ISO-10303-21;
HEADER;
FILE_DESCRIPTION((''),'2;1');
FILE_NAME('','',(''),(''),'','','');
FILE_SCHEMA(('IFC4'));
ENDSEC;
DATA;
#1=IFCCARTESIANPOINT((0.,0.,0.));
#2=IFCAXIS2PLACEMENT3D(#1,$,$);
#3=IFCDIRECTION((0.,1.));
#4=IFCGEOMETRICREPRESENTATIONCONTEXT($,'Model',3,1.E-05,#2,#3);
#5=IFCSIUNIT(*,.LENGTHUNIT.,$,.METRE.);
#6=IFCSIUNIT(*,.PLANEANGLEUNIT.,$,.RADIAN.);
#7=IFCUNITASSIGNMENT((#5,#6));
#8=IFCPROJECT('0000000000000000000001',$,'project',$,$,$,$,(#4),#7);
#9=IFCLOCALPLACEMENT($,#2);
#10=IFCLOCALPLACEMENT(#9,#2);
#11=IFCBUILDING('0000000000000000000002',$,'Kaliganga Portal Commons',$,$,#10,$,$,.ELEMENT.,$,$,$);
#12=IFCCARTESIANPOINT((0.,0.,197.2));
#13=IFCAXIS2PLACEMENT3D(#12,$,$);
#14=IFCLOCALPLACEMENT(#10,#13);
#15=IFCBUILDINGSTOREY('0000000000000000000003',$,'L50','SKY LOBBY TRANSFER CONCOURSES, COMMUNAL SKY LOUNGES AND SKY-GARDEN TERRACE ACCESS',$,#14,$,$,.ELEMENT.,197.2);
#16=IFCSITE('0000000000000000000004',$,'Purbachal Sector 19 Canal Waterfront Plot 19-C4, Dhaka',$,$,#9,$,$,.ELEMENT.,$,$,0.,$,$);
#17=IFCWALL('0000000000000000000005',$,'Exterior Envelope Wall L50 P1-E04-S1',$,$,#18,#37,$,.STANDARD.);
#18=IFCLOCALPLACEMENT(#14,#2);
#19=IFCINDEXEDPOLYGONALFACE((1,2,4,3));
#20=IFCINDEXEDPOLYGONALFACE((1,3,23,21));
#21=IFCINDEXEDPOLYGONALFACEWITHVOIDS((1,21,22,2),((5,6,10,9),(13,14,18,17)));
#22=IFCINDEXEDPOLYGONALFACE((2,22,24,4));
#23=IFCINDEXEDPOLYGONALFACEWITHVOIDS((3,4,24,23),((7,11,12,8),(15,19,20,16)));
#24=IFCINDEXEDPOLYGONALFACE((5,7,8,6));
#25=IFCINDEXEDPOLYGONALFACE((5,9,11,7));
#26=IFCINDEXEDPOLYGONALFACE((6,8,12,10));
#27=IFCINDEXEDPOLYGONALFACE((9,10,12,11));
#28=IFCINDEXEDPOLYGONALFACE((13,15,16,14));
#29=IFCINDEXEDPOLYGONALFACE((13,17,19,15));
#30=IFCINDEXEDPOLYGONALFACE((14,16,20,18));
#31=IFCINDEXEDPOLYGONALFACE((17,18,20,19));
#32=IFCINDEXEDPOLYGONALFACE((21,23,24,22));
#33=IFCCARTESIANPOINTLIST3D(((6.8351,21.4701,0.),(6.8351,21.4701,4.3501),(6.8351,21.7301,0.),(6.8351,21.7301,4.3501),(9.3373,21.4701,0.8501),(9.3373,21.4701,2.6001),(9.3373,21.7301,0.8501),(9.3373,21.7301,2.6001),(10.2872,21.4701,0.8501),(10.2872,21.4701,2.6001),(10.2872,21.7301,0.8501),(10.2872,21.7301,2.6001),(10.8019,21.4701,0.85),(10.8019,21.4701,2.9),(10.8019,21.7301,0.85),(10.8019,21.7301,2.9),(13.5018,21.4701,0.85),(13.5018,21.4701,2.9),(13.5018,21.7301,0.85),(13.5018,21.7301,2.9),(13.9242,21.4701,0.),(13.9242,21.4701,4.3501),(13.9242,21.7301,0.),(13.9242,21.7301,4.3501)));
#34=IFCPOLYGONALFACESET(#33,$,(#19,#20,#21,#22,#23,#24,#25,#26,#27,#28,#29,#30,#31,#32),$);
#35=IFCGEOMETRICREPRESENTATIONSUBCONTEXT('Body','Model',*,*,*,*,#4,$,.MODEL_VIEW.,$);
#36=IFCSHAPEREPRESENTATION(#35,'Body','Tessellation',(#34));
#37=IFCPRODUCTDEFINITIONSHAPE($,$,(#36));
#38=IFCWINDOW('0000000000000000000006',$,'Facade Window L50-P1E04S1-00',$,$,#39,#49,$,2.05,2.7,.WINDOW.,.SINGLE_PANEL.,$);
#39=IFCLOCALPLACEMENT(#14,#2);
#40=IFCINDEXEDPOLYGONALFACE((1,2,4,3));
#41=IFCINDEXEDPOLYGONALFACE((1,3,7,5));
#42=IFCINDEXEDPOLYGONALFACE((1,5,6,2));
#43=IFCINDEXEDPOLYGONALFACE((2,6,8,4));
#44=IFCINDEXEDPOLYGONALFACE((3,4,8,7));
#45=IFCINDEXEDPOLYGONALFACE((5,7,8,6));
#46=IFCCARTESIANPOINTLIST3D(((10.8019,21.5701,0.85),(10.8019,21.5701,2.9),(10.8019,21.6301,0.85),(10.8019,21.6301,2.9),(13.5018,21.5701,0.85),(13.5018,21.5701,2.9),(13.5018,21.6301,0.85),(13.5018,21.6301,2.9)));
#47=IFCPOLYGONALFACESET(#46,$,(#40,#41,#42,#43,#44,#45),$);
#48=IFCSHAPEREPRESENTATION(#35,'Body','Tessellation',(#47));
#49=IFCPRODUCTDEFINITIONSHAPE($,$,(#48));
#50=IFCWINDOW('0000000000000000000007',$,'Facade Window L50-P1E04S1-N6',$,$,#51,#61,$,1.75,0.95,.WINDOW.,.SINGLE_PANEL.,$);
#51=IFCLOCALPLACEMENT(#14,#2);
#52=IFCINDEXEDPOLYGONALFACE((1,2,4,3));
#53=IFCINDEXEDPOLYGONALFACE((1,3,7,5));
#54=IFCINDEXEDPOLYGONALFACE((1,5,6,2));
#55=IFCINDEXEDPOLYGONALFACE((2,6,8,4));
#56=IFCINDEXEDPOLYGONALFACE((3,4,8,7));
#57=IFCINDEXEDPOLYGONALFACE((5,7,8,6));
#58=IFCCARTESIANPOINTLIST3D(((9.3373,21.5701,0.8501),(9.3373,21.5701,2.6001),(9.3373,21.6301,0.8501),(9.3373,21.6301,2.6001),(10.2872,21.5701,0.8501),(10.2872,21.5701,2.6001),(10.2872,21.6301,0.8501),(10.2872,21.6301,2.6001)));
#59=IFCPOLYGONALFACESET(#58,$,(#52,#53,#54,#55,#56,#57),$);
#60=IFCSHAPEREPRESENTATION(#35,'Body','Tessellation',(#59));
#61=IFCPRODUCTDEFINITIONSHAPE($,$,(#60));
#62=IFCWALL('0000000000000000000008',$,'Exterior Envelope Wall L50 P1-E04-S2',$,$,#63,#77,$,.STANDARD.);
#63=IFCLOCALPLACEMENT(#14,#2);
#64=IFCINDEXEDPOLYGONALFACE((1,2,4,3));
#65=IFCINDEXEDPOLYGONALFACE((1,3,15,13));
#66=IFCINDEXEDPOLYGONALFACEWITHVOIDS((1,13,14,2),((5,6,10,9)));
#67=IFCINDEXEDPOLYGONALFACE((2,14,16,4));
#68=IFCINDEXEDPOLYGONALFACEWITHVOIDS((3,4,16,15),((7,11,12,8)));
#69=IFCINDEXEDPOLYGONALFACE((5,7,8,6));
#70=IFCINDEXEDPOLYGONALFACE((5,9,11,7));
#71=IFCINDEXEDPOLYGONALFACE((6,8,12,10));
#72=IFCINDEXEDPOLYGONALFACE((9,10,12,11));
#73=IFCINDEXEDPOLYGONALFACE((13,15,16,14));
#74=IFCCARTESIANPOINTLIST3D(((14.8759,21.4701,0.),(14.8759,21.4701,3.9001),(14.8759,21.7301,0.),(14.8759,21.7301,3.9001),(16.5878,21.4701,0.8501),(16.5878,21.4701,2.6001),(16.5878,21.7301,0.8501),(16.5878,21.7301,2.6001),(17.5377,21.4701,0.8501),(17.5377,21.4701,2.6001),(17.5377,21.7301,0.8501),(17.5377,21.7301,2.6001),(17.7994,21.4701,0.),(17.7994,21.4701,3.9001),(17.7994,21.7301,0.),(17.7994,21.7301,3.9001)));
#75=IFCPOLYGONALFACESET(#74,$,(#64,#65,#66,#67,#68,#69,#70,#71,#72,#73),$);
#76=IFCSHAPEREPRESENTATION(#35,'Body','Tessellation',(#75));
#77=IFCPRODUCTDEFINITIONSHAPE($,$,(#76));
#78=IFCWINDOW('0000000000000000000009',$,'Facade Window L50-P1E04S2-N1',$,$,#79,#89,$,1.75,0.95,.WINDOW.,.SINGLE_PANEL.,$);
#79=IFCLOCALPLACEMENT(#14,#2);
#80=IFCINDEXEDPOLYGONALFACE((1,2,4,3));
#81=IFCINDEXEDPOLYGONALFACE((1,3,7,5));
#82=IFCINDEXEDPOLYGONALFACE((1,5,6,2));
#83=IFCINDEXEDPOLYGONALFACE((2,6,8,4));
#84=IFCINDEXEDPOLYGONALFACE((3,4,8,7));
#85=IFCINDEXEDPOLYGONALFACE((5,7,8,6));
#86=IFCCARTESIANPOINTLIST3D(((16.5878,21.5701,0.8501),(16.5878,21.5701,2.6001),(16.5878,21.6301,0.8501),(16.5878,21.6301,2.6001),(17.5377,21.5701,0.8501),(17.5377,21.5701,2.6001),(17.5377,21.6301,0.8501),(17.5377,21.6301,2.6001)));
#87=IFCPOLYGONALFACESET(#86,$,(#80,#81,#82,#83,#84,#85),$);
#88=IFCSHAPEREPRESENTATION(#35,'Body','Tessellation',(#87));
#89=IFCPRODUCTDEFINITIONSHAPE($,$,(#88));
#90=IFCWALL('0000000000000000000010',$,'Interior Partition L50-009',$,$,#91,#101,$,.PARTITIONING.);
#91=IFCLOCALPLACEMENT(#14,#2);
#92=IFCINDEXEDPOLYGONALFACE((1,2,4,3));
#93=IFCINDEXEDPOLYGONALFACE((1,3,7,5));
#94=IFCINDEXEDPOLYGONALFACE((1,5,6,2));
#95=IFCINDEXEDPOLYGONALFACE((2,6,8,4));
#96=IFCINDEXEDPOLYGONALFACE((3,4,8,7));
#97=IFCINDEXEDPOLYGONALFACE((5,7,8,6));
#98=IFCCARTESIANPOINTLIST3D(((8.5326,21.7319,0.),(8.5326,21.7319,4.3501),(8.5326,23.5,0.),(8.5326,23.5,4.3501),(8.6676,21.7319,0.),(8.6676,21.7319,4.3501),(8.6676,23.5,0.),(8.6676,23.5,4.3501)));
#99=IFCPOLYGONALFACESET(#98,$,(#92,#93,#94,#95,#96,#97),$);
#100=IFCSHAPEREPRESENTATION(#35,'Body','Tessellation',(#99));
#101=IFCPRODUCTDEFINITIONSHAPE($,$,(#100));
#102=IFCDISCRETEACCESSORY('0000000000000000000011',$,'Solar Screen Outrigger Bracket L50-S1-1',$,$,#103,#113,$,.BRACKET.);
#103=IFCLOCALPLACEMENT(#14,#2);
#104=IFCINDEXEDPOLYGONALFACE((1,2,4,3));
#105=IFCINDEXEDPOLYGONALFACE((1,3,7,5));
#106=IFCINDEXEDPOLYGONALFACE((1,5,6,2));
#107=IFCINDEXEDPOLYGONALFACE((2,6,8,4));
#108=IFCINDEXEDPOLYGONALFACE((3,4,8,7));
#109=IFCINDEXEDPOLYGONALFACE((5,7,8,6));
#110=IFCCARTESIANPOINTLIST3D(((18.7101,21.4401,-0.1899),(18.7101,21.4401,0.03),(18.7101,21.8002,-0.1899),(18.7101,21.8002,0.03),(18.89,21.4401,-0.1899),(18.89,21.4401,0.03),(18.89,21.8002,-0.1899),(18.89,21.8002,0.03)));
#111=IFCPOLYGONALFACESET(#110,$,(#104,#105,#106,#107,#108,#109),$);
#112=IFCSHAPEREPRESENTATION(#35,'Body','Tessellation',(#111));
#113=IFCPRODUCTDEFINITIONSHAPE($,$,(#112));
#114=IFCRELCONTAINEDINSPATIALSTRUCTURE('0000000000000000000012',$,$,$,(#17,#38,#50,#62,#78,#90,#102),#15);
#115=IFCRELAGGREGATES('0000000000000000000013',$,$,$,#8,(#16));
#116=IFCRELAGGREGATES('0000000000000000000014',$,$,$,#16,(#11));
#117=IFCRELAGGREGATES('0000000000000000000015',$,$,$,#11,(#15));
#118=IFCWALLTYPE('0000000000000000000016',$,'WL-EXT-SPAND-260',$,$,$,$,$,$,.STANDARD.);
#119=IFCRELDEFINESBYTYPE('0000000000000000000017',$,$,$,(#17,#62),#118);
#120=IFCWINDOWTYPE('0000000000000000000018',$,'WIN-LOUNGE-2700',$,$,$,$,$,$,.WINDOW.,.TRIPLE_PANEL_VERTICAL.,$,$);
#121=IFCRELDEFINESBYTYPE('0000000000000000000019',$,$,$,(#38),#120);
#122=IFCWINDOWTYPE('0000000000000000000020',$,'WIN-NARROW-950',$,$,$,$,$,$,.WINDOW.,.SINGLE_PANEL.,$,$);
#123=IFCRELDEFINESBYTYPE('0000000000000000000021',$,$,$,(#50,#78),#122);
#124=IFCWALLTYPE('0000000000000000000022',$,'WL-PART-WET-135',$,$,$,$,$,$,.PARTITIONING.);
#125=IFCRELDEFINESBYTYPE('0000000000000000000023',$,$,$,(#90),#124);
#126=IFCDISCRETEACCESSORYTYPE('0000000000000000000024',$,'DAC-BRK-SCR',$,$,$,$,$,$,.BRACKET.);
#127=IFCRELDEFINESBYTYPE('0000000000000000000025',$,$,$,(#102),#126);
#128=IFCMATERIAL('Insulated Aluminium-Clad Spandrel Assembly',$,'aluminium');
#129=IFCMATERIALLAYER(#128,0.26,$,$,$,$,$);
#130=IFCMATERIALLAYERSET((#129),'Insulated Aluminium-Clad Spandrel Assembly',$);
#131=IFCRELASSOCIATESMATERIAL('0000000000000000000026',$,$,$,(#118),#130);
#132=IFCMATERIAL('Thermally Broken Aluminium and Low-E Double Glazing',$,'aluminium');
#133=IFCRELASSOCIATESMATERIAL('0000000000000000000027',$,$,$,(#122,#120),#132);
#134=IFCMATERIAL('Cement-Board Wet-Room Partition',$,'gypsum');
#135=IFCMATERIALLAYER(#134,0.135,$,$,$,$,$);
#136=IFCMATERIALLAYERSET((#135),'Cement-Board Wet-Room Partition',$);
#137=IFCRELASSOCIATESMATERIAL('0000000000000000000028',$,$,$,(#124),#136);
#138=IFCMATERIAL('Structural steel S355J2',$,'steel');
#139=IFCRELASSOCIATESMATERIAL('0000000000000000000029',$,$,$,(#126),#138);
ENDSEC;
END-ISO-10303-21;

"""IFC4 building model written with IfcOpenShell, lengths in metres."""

from ifc_helpers import new_model, si_unit, direction, frame, frame_2d, origin, origin_2d, place, context, subcontext, project, spatial, rectangle, extrude, source, transform, mapped, material, layer, layer_set, type_object, element, fill, save


model = new_model("IFC4")

# Units and contexts
model_context = context("Model", 3, precision=1e-05, world=origin(), true_north=direction((0.0, 1.0)))
body_context = subcontext(model_context, "Body", "Model", "MODEL_VIEW")
ifc_project = project(units=[si_unit("LENGTHUNIT", "METRE"), si_unit("PLANEANGLEUNIT", "RADIAN")], contexts=[model_context])

# Site, building, storey
site_placement = place(None, origin())
site = spatial("IfcSite", under=ifc_project, at=site_placement, Name="Purbachal Sector 19 Canal Waterfront Plot 19-C4, Dhaka", CompositionType="ELEMENT", RefElevation=0.0)
building_placement = place(site_placement, origin())
building = spatial("IfcBuilding", under=site, at=building_placement, Name="Kaliganga Portal Commons", CompositionType="ELEMENT")
storey_placement = place(building_placement, frame((0.0, 0.0, 197.2)))
storey = spatial("IfcBuildingStorey", under=building, at=storey_placement, Name="L50", Description="SKY LOBBY TRANSFER CONCOURSES, COMMUNAL SKY LOUNGES AND SKY-GARDEN TERRACE ACCESS", CompositionType="ELEMENT", Elevation=197.2)

# Shared definitions
ifc_material_1 = material(Name="Structural steel S355J2", Category="steel")

# Shared definitions
ifc_material_2 = material(Name="Insulated Aluminium-Clad Spandrel Assembly", Category="aluminium")
ifc_layer_1 = layer(ifc_material_2, 0.26)
ifc_layer_set_1 = layer_set([ifc_layer_1], Name="Insulated Aluminium-Clad Spandrel Assembly")
wall_type_1 = type_object("IfcWallType", Name="WL-EXT-SPAND-260", PredefinedType="STANDARD", material=ifc_layer_set_1)
ifc_material_3 = material(Name="Thermally Broken Aluminium and Low-E Double Glazing", Category="aluminium")
window_type_1 = type_object("IfcWindowType", Name="WIN-NARROW-950", PartitioningType="SINGLE_PANEL", PredefinedType="WINDOW", material=ifc_material_3)

# Wall, openings, windows
wall_1_placement = place(storey_placement, frame((13.9241, 21.6001, 0.0), z_axis=(0.0, 0.0, 1.0), x_axis=(-1.0, 0.0, 0.0)))
wall_1 = element("IfcWall", 1, at=wall_1_placement, inside=storey, type_object=wall_type_1, Name="Exterior Envelope Wall L50 P1-E04-S1", PredefinedType="STANDARD", context=body_context, shape_type="SweptSolid", body=[
    extrude(rectangle(XDim=7.0891, YDim=0.26, at=frame_2d((3.5444, 0.0))), origin(), (0.0, 0.0, 1.0), 4.3501),
])
opening_1_placement = place(wall_1_placement, frame((0.4221, 0.0, 0.8501)))
opening_1 = element("IfcOpeningElement", 2, at=opening_1_placement, cuts=wall_1, PredefinedType="OPENING", context=body_context, shape_type="SweptSolid", body=[
    extrude(rectangle(XDim=2.7, YDim=2.05, at=frame_2d((1.3501, 1.0249))), frame((0.0, 0.1401, 0.0), z_axis=(0.0, -1.0, 0.0), x_axis=(1.0, 0.0, 0.0)), (0.0, 0.0, 1.0), 0.28),
])
opening_2_placement = place(wall_1_placement, frame((3.6367, 0.0, 0.8501)))
opening_2 = element("IfcOpeningElement", 3, at=opening_2_placement, cuts=wall_1, PredefinedType="OPENING", context=body_context, shape_type="SweptSolid", body=[
    extrude(rectangle(XDim=0.95, YDim=1.75, at=frame_2d((0.4751, 0.875))), frame((0.0, 0.1401, 0.0), z_axis=(0.0, -1.0, 0.0), x_axis=(1.0, 0.0, 0.0)), (0.0, 0.0, 1.0), 0.28),
])
window_type_2 = type_object("IfcWindowType", Name="WIN-LOUNGE-2700", PartitioningType="TRIPLE_PANEL_VERTICAL", PredefinedType="WINDOW", material=ifc_material_3)
window_1_placement = place(opening_1_placement, origin())
window_1 = element("IfcWindow", 4, at=window_1_placement, inside=storey, type_object=window_type_2, Name="Facade Window L50-P1E04S1-00", OverallHeight=2.05, OverallWidth=2.7, PartitioningType="SINGLE_PANEL", PredefinedType="WINDOW", context=body_context, shape_type="SweptSolid", body=[
    extrude(rectangle(XDim=2.7, YDim=2.05, at=frame_2d((1.3501, 1.0249))), frame((0.0, 0.03, 0.0), z_axis=(0.0, -1.0, 0.0), x_axis=(1.0, 0.0, 0.0)), (0.0, 0.0, 1.0), 0.0601),
])
fill(opening_1, window_1)
window_2_placement = place(opening_2_placement, origin())
window_2 = element("IfcWindow", 5, at=window_2_placement, inside=storey, type_object=window_type_1, Name="Facade Window L50-P1E04S1-N6", OverallHeight=1.75, OverallWidth=0.95, PartitioningType="SINGLE_PANEL", PredefinedType="WINDOW", context=body_context, shape_type="SweptSolid", body=[
    extrude(rectangle(XDim=0.95, YDim=1.75, at=frame_2d((0.4751, 0.875))), frame((0.0, 0.03, 0.0), z_axis=(0.0, -1.0, 0.0), x_axis=(1.0, 0.0, 0.0)), (0.0, 0.0, 1.0), 0.0601),
])
fill(opening_2, window_2)

# Wall, opening, window
wall_2_placement = place(storey_placement, frame((17.7996, 21.6001, 0.0), z_axis=(0.0, 0.0, 1.0), x_axis=(-1.0, 0.0, 0.0)))
wall_2 = element("IfcWall", 6, at=wall_2_placement, inside=storey, type_object=wall_type_1, Name="Exterior Envelope Wall L50 P1-E04-S2", PredefinedType="STANDARD", context=body_context, shape_type="SweptSolid", body=[
    extrude(rectangle(XDim=2.9236, YDim=0.26, at=frame_2d((1.4619, 0.0))), origin(), (0.0, 0.0, 1.0), 3.9001),
])
opening_3_placement = place(wall_2_placement, frame((0.2617, 0.0, 0.8501)))
opening_3 = element("IfcOpeningElement", 7, at=opening_3_placement, cuts=wall_2, PredefinedType="OPENING", context=body_context, shape_type="SweptSolid", body=[
    extrude(rectangle(XDim=0.95, YDim=1.75, at=frame_2d((0.4751, 0.875))), frame((0.0, 0.1401, 0.0), z_axis=(0.0, -1.0, 0.0), x_axis=(1.0, 0.0, 0.0)), (0.0, 0.0, 1.0), 0.28),
])
window_3_placement = place(opening_3_placement, origin())
window_3 = element("IfcWindow", 8, at=window_3_placement, inside=storey, type_object=window_type_1, Name="Facade Window L50-P1E04S2-N1", OverallHeight=1.75, OverallWidth=0.95, PartitioningType="SINGLE_PANEL", PredefinedType="WINDOW", context=body_context, shape_type="SweptSolid", body=[
    extrude(rectangle(XDim=0.95, YDim=1.75, at=frame_2d((0.4751, 0.875))), frame((0.0, 0.03, 0.0), z_axis=(0.0, -1.0, 0.0), x_axis=(1.0, 0.0, 0.0)), (0.0, 0.0, 1.0), 0.0601),
])
fill(opening_3, window_3)

# Wall
ifc_material_4 = material(Name="Cement-Board Wet-Room Partition", Category="gypsum")
ifc_layer_2 = layer(ifc_material_4, 0.135)
ifc_layer_set_2 = layer_set([ifc_layer_2], Name="Cement-Board Wet-Room Partition")
wall_type_2 = type_object("IfcWallType", Name="WL-PART-WET-135", PredefinedType="PARTITIONING", material=ifc_layer_set_2)
wall_3_placement = place(storey_placement, frame((8.6001, 21.7319, 0.0), z_axis=(0.0, 0.0, 1.0), x_axis=(0.0, 1.0, 0.0)))
element("IfcWall", 9, at=wall_3_placement, inside=storey, type_object=wall_type_2, Name="Interior Partition L50-009", PredefinedType="PARTITIONING", context=body_context, shape_type="SweptSolid", body=[
    extrude(rectangle(XDim=1.7681, YDim=0.135, at=frame_2d((0.884, 0.0))), origin(), (0.0, 0.0, 1.0), 4.3501),
])

# Discrete accessory
discrete_accessory_type = type_object("IfcDiscreteAccessoryType", Name="DAC-BRK-SCR", PredefinedType="BRACKET", material=ifc_material_1)
shared_shape_1 = source(origin(), body_context, "Body", "SweptSolid", [
    extrude(rectangle(XDim=0.1799, YDim=0.3601, at=origin_2d()), origin(), (0.0, 0.0, 1.0), 0.22),
])
discrete_accessory_placement = place(storey_placement, frame((18.8, 21.6201, -0.1899), z_axis=(0.0, 0.0, 1.0), x_axis=(1.0, 0.0, 0.0)))
element("IfcDiscreteAccessory", 10, at=discrete_accessory_placement, inside=storey, type_object=discrete_accessory_type, Name="Solar Screen Outrigger Bracket L50-S1-1", PredefinedType="BRACKET", context=body_context, shape_type="MappedRepresentation", body=[
    mapped(shared_shape_1, transform((0.0, 0.0, 0.0), x_axis=(1.0, 0.0, 0.0), y_axis=(0.0, 1.0, 0.0), z_axis=(0.0, 0.0, 1.0), scale=1.0)),
])

save(model, "model.ifc")
